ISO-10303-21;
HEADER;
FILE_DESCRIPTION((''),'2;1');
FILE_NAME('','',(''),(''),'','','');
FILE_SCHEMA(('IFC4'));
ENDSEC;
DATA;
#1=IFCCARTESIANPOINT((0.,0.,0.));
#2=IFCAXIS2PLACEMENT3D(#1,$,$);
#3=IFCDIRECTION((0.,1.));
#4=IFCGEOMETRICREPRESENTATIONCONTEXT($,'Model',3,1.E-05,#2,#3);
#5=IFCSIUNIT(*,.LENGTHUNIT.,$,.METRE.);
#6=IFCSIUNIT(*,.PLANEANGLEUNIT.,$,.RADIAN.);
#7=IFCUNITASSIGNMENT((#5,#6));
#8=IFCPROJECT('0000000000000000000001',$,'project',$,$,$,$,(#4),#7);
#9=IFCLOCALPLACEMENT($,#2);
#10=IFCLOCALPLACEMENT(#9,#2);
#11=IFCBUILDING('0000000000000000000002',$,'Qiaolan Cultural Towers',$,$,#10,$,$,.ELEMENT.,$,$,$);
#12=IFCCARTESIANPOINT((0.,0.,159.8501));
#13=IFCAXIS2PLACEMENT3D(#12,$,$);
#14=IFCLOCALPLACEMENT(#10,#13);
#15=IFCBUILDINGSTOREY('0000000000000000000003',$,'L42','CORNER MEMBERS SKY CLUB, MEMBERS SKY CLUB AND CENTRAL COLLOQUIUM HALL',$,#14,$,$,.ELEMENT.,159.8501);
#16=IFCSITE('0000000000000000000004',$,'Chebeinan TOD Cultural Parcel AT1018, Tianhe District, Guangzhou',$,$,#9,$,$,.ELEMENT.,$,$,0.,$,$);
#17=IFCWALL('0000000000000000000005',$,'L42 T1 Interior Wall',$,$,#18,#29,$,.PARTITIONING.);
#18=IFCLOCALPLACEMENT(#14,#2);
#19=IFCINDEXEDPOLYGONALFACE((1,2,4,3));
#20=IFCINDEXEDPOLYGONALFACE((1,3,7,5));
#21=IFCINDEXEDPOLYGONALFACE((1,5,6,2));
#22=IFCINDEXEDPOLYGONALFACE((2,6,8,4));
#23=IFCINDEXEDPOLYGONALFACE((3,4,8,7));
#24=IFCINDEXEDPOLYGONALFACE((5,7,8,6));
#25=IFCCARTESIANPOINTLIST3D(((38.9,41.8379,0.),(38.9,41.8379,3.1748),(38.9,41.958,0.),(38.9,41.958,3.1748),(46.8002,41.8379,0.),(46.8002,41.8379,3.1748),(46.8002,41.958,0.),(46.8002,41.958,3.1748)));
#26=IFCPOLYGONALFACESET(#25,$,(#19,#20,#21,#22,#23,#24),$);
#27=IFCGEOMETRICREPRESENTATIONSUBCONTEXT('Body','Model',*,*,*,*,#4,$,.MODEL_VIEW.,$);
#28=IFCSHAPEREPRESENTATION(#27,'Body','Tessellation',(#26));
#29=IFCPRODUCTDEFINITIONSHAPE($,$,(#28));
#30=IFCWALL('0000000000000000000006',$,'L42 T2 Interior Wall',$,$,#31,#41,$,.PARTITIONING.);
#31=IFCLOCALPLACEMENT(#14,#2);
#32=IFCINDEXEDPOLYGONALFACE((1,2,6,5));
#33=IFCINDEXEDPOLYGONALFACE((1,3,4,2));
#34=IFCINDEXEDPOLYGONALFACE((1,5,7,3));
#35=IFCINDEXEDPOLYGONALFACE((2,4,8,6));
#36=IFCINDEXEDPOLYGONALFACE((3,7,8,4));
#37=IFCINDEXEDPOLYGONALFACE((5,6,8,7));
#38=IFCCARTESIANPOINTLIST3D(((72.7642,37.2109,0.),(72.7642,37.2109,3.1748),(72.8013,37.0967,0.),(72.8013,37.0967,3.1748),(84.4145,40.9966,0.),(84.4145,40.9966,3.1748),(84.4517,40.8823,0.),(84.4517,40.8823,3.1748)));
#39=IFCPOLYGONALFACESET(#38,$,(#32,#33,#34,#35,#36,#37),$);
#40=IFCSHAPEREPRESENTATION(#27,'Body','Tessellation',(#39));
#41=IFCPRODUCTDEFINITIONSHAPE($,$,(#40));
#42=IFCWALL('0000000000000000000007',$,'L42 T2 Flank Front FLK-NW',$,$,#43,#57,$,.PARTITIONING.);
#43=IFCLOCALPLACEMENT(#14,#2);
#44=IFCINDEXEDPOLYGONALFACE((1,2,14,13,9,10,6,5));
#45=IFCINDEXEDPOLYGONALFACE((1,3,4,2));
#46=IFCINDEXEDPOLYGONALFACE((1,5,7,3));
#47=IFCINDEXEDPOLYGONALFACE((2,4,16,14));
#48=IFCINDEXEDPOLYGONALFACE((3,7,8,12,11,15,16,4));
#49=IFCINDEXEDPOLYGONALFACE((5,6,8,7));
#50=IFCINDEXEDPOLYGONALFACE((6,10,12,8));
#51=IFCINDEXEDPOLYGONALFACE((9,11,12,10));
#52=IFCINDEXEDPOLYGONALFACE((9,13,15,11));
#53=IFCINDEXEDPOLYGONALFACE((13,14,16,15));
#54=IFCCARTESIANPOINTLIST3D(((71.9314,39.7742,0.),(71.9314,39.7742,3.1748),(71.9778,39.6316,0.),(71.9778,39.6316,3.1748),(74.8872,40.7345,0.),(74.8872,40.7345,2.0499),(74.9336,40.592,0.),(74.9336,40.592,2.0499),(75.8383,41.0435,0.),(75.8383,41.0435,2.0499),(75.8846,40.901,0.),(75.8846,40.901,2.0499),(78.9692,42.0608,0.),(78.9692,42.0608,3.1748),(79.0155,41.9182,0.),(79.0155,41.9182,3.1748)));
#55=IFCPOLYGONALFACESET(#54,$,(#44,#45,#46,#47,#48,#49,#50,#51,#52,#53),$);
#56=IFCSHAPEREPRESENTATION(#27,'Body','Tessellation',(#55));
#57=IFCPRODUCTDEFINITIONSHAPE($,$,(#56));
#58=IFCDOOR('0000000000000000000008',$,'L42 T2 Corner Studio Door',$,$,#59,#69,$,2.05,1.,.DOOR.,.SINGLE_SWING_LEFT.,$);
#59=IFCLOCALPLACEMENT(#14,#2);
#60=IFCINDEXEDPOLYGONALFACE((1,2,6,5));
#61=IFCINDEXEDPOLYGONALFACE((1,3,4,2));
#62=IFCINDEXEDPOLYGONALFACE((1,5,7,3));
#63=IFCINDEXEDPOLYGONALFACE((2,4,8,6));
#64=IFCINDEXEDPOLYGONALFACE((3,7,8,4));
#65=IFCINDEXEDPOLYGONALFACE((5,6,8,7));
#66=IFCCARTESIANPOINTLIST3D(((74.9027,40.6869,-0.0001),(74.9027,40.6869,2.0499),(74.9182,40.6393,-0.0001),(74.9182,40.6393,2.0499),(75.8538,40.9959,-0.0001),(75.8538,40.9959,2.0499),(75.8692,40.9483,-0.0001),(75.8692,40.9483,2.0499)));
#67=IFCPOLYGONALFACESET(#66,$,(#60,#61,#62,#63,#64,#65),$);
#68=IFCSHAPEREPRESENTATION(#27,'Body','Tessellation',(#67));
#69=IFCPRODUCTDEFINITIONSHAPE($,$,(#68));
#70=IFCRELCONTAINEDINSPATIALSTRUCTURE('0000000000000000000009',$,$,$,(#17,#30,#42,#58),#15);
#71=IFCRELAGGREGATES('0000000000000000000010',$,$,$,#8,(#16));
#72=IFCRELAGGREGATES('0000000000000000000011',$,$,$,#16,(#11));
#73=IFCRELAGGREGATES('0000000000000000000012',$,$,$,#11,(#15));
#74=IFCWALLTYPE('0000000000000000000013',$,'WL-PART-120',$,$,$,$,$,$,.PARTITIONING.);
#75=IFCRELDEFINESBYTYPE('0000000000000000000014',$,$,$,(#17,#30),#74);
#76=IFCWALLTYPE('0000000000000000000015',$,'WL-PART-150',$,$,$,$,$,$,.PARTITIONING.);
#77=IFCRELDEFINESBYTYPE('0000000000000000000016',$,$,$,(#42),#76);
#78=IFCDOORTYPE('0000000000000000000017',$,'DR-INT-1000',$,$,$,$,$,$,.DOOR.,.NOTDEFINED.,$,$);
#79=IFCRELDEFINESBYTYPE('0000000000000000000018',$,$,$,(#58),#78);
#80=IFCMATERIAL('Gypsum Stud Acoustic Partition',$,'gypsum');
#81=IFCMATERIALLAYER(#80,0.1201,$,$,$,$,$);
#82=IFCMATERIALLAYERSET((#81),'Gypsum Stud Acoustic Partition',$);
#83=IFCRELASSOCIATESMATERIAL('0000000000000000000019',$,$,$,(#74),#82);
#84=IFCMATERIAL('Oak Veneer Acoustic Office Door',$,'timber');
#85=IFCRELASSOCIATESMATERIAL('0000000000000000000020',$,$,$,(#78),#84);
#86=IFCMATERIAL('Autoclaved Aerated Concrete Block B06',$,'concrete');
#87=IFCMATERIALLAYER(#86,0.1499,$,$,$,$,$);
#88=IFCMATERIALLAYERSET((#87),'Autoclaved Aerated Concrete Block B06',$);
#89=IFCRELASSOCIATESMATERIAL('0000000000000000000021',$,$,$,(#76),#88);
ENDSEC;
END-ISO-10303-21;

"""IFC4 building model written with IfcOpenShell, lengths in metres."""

from ifc_helpers import new_model, si_unit, direction, frame, frame_2d, origin, place, context, subcontext, project, spatial, rectangle, extrude, material, layer, layer_set, type_object, element, fill, save


model = new_model("IFC4")

# Units and contexts
model_context = context("Model", 3, precision=1e-05, world=origin(), true_north=direction((0.0, 1.0)))
body_context = subcontext(model_context, "Body", "Model", "MODEL_VIEW")
ifc_project = project(units=[si_unit("LENGTHUNIT", "METRE"), si_unit("PLANEANGLEUNIT", "RADIAN")], contexts=[model_context])

# Site, building, storey
site_placement = place(None, origin())
site = spatial("IfcSite", under=ifc_project, at=site_placement, Name="Chebeinan TOD Cultural Parcel AT1018, Tianhe District, Guangzhou", CompositionType="ELEMENT", RefElevation=0.0)
building_placement = place(site_placement, origin())
building = spatial("IfcBuilding", under=site, at=building_placement, Name="Qiaolan Cultural Towers", CompositionType="ELEMENT")
storey_placement = place(building_placement, frame((0.0, 0.0, 159.8501)))
storey = spatial("IfcBuildingStorey", under=building, at=storey_placement, Name="L42", Description="CORNER MEMBERS SKY CLUB, MEMBERS SKY CLUB AND CENTRAL COLLOQUIUM HALL", CompositionType="ELEMENT", Elevation=159.8501)

# Shared definitions
ifc_material_1 = material(Name="Gypsum Stud Acoustic Partition", Category="gypsum")
ifc_layer_1 = layer(ifc_material_1, 0.1201)
ifc_layer_set_1 = layer_set([ifc_layer_1], Name="Gypsum Stud Acoustic Partition")
wall_type_1 = type_object("IfcWallType", Name="WL-PART-120", PredefinedType="PARTITIONING", material=ifc_layer_set_1)
ifc_material_2 = material(Name="Oak Veneer Acoustic Office Door", Category="timber")
door_type_1 = type_object("IfcDoorType", Name="DR-INT-1000", OperationType="NOTDEFINED", PredefinedType="DOOR", material=ifc_material_2)

# Walls
for number, where, z_axis, x_axis, name in (
    (1, (38.8999, 41.8979, 0.0), (0.0, 0.0, 1.0), (1.0, 0.0, 0.0), "L42 T1 Interior Wall"),
):
    element("IfcWall", number, at=place(storey_placement, frame(where, z_axis=z_axis, x_axis=x_axis)), inside=storey, type_object=wall_type_1, Name=name, PredefinedType="PARTITIONING", context=body_context, shape_type="SweptSolid", body=[
        extrude(rectangle(XDim=7.9001, YDim=0.1201, at=frame_2d((3.9502, 0.0))), origin(), (0.0, 0.0, 1.0), 3.1748),
    ])
wall_1_placement = place(storey_placement, frame((72.7827, 37.1538, 0.0), z_axis=(0.0, 0.0, 1.0), x_axis=(0.951052, 0.309032, 0.0)))
element("IfcWall", 2, at=wall_1_placement, inside=storey, type_object=wall_type_1, Name="L42 T2 Interior Wall", PredefinedType="PARTITIONING", context=body_context, shape_type="SweptSolid", body=[
    extrude(rectangle(XDim=12.25, YDim=0.1201, at=frame_2d((6.125, 0.0))), origin(), (0.0, 0.0, 1.0), 3.1748),
])

# Wall, opening, door
ifc_material_3 = material(Name="Autoclaved Aerated Concrete Block B06", Category="concrete")
ifc_layer_2 = layer(ifc_material_3, 0.1499)
ifc_layer_set_2 = layer_set([ifc_layer_2], Name="Autoclaved Aerated Concrete Block B06")
wall_type_2 = type_object("IfcWallType", Name="WL-PART-150", PredefinedType="PARTITIONING", material=ifc_layer_set_2)
wall_2_placement = place(storey_placement, frame((71.9546, 39.7029, 0.0), z_axis=(0.0, 0.0, 1.0), x_axis=(0.951061, 0.309003, 0.0)))
wall_2 = element("IfcWall", 3, at=wall_2_placement, inside=storey, type_object=wall_type_2, Name="L42 T2 Flank Front FLK-NW", PredefinedType="PARTITIONING", context=body_context, shape_type="SweptSolid", body=[
    extrude(rectangle(XDim=7.3999, YDim=0.1499, at=frame_2d((3.7, 0.0))), origin(), (0.0, 0.0, 1.0), 3.1748),
])
opening_1_placement = place(wall_2_placement, frame((3.1079, 0.0, 0.0)))
opening_1 = element("IfcOpeningElement", 4, at=opening_1_placement, cuts=wall_2, PredefinedType="OPENING", context=body_context, shape_type="SweptSolid", body=[
    extrude(rectangle(XDim=1.0, YDim=2.05, at=frame_2d((0.5, 1.0249))), frame((0.0, 0.085, 0.0), z_axis=(0.0, -1.0, 0.0), x_axis=(1.0, 0.0, 0.0)), (0.0, 0.0, 1.0), 0.1699),
])
door_1_placement = place(opening_1_placement, origin())
door_1 = element("IfcDoor", 5, at=door_1_placement, inside=storey, type_object=door_type_1, Name="L42 T2 Corner Studio Door", OperationType="SINGLE_SWING_LEFT", OverallHeight=2.05, OverallWidth=1.0, PredefinedType="DOOR", context=body_context, shape_type="SweptSolid", body=[
    extrude(rectangle(XDim=1.0, YDim=2.05, at=frame_2d((0.5, 1.0249))), frame((0.0, 0.0249, 0.0), z_axis=(0.0, -1.0, 0.0), x_axis=(1.0, 0.0, 0.0)), (0.0, 0.0, 1.0), 0.05),
])
fill(opening_1, door_1)

save(model, "model.ifc")
